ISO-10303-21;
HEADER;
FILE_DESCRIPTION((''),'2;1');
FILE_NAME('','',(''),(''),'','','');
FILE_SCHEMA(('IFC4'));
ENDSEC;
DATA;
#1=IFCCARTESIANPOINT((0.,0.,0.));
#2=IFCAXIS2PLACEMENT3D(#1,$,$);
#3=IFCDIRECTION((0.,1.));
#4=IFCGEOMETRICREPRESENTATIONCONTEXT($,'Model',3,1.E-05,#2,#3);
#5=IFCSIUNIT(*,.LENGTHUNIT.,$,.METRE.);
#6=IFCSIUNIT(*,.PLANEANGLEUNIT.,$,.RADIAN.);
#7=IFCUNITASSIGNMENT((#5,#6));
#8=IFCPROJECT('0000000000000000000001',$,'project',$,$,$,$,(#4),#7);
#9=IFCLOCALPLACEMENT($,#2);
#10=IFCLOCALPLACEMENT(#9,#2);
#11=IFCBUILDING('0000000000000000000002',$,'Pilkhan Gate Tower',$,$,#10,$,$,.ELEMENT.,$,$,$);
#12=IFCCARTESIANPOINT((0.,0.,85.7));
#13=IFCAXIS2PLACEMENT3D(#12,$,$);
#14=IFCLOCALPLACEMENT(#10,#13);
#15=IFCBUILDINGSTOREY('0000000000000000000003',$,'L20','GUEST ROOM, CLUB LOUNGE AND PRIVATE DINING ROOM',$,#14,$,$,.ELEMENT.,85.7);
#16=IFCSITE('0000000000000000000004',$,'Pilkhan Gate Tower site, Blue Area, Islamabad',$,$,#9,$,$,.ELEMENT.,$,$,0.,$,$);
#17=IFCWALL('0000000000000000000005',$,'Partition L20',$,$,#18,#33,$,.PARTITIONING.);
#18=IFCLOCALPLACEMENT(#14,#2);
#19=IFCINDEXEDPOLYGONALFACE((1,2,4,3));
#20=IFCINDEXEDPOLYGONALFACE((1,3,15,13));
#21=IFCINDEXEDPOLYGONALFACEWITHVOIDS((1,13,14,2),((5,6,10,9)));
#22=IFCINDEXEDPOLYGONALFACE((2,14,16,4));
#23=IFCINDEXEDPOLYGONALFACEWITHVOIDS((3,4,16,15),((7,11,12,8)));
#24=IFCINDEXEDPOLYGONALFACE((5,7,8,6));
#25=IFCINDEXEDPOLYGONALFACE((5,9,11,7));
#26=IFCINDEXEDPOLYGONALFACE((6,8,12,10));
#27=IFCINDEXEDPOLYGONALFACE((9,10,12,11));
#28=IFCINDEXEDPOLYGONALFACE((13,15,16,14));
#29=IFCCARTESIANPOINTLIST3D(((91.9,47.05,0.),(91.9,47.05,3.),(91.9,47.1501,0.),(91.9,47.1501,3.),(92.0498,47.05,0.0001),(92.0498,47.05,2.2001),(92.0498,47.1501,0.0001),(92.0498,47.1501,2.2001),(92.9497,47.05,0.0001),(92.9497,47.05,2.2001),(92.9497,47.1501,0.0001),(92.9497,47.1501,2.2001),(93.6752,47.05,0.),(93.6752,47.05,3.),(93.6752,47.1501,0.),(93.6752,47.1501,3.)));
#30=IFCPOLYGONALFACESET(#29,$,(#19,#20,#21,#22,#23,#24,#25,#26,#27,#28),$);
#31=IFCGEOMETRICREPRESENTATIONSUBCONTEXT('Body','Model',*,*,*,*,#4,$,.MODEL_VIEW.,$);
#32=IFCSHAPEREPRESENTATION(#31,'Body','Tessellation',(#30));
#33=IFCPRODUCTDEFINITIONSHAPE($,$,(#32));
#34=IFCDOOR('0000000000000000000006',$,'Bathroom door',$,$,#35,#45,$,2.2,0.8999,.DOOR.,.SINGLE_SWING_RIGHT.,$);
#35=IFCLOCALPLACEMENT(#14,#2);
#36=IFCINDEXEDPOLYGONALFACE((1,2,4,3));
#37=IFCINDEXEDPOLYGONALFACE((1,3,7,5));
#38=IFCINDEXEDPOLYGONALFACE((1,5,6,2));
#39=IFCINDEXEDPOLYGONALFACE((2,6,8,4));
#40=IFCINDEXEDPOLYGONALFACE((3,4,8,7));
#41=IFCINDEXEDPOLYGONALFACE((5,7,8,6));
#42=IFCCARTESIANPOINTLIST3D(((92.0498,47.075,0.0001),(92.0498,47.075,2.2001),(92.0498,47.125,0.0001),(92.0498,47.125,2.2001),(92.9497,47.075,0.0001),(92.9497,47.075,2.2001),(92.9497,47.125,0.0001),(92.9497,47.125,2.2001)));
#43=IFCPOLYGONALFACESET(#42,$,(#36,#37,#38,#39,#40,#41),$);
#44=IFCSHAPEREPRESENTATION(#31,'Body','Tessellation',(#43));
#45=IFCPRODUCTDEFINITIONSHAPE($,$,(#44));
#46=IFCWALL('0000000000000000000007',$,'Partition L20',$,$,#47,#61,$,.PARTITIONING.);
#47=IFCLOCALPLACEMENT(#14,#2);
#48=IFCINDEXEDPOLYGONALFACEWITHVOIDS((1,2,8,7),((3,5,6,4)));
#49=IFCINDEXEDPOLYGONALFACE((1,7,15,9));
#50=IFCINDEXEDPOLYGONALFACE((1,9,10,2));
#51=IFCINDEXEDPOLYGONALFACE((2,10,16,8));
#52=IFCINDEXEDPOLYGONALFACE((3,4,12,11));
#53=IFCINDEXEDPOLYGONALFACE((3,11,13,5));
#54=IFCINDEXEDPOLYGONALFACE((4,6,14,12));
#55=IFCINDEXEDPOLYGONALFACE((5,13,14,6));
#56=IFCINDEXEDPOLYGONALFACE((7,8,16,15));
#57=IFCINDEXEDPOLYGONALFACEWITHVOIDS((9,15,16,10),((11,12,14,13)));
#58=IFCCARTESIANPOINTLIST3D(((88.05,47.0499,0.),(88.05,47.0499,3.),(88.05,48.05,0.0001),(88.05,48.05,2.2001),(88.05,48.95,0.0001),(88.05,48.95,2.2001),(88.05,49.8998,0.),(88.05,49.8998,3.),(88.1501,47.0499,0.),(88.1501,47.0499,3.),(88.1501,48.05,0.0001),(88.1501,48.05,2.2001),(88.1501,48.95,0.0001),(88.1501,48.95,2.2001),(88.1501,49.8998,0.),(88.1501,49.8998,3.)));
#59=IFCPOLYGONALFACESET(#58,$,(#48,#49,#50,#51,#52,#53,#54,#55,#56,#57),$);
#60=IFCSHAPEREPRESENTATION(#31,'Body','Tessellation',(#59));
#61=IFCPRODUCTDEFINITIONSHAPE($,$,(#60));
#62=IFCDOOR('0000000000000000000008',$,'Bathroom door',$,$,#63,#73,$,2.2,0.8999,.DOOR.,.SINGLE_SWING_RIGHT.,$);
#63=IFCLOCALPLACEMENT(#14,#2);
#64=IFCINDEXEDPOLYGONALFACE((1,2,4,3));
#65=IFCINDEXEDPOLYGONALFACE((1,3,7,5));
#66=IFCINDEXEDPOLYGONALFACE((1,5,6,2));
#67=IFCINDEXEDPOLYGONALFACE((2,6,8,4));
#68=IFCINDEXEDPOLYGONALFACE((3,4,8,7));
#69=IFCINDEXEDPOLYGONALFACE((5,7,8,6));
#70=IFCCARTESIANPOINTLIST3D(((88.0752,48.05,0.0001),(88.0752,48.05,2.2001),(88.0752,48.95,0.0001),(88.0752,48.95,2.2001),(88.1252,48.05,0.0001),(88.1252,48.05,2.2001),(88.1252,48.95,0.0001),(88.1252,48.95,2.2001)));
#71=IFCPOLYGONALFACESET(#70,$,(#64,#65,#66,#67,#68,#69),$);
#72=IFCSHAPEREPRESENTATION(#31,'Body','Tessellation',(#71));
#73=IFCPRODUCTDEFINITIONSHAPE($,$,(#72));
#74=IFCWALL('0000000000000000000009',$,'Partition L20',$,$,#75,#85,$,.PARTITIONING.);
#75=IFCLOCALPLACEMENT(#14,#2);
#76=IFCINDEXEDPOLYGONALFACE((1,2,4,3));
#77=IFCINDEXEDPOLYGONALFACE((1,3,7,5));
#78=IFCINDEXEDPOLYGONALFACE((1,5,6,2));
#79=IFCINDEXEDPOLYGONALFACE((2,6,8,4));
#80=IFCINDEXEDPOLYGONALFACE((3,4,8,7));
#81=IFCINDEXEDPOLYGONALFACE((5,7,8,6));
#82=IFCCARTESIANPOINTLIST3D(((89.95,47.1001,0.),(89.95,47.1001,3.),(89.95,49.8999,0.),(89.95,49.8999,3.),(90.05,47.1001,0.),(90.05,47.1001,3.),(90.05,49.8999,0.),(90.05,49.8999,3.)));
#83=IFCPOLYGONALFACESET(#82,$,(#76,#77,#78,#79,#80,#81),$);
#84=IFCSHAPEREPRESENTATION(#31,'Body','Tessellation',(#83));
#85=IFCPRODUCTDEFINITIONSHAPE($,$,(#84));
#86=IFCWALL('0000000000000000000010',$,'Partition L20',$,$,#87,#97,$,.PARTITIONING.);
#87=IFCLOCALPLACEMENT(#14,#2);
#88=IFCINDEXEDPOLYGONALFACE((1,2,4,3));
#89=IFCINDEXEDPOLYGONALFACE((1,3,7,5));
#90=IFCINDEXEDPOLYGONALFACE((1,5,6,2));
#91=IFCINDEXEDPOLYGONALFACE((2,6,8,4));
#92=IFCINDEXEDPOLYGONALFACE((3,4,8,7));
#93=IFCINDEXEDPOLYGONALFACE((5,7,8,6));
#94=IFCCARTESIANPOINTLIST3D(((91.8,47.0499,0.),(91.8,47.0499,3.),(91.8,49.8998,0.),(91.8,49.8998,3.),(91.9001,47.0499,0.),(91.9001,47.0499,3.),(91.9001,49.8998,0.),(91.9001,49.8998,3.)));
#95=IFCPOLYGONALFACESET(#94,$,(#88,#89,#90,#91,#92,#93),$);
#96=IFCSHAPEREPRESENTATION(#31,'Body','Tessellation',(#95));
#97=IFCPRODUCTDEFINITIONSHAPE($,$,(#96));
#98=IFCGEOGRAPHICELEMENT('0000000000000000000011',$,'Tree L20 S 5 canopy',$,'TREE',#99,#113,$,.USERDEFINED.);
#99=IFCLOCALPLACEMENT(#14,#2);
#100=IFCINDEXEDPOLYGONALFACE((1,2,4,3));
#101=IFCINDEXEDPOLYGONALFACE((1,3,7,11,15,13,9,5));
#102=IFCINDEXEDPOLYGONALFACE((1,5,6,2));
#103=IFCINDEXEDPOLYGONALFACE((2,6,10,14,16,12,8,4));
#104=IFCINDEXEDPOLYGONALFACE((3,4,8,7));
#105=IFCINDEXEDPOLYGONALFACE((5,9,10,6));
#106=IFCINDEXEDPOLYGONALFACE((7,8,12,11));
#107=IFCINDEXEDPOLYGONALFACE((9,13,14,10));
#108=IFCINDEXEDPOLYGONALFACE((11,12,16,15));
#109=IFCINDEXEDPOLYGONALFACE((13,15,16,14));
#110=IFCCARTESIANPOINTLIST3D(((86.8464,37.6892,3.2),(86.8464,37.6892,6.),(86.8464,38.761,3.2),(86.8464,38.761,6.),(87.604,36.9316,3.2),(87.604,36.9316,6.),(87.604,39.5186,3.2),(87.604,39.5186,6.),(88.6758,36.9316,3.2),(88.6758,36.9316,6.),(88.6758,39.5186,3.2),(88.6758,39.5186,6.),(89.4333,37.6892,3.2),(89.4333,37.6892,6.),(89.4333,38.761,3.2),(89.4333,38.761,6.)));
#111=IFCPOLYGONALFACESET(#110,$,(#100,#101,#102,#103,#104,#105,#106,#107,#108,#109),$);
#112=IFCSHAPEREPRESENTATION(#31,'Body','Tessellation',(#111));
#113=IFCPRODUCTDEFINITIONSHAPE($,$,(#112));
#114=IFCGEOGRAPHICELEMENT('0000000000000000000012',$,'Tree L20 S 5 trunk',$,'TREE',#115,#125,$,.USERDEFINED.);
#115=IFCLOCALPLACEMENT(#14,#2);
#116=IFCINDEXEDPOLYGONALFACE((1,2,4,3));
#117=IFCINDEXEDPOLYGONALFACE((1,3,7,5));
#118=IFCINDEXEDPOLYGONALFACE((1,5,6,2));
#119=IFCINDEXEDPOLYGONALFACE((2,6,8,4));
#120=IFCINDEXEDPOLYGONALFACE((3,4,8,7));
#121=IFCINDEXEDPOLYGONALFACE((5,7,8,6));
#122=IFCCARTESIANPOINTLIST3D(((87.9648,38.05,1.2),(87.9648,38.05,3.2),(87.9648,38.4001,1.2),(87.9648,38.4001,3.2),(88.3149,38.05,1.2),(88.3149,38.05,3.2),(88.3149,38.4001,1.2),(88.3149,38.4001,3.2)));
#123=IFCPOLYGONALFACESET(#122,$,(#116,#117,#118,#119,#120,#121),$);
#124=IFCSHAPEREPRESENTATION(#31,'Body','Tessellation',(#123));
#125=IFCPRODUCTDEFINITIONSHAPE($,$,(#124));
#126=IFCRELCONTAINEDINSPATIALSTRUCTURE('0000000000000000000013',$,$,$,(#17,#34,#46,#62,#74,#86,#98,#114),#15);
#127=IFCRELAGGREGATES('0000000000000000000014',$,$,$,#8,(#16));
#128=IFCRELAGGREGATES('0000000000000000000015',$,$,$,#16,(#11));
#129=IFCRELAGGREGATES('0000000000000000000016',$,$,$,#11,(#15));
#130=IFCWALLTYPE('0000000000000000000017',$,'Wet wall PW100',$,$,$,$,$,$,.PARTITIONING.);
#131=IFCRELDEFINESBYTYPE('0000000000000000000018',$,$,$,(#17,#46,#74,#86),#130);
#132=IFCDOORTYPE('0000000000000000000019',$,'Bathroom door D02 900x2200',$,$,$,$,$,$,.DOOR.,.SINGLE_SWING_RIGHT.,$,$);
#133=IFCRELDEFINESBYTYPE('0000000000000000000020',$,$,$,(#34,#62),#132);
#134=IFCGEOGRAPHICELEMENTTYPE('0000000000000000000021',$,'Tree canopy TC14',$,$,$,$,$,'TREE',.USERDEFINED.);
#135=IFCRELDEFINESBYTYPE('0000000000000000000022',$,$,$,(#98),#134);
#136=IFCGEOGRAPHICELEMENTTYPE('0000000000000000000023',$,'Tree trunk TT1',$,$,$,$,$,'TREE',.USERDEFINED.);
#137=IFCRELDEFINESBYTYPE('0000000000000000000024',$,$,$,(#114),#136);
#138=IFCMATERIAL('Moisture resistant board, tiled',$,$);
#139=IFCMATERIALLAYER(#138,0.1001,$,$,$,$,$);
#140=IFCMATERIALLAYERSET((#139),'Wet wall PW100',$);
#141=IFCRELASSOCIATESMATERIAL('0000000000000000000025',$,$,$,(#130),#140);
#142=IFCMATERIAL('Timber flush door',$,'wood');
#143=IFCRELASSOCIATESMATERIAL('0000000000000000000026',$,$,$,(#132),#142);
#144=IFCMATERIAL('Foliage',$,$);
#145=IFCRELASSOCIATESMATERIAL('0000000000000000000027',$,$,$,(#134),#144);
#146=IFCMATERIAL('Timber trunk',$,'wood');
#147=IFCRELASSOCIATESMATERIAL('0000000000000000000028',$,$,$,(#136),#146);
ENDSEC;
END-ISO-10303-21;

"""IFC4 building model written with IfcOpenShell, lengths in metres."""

from ifc_helpers import new_model, si_unit, direction, frame, frame_2d, origin, origin_2d, place, context, subcontext, project, spatial, polyline, rectangle, outline, extrude, material, layer, layer_set, material_profile, profile_set, type_object, element, fill, save


model = new_model("IFC4")

# Units and contexts
model_context = context("Model", 3, precision=1e-05, world=origin(), true_north=direction((0.0, 1.0)))
body_context = subcontext(model_context, "Body", "Model", "MODEL_VIEW")
ifc_project = project(units=[si_unit("LENGTHUNIT", "METRE"), si_unit("PLANEANGLEUNIT", "RADIAN")], contexts=[model_context])

# Site, building, storey
site_placement = place(None, origin())
site = spatial("IfcSite", under=ifc_project, at=site_placement, Name="Pilkhan Gate Tower site, Blue Area, Islamabad", CompositionType="ELEMENT", RefElevation=0.0)
building_placement = place(site_placement, origin())
building = spatial("IfcBuilding", under=site, at=building_placement, Name="Pilkhan Gate Tower", CompositionType="ELEMENT")
storey_placement = place(building_placement, frame((0.0, 0.0, 85.7)))
storey = spatial("IfcBuildingStorey", under=building, at=storey_placement, Name="L20", Description="GUEST ROOM, CLUB LOUNGE AND PRIVATE DINING ROOM", CompositionType="ELEMENT", Elevation=85.7)

# Shared definitions
ifc_material_1 = material(Name="Moisture resistant board, tiled")
ifc_layer_1 = layer(ifc_material_1, 0.1001)
ifc_layer_set_1 = layer_set([ifc_layer_1], Name="Wet wall PW100")
wall_type_1 = type_object("IfcWallType", Name="Wet wall PW100", PredefinedType="PARTITIONING", material=ifc_layer_set_1)

# Walls, openings, doors
wall_1_placement = place(storey_placement, frame((91.8999, 47.1001, 0.0), z_axis=(0.0, 0.0, 1.0), x_axis=(1.0, 0.0, 0.0)))
wall_1 = element("IfcWall", 1, at=wall_1_placement, inside=storey, type_object=wall_type_1, Name="Partition L20", PredefinedType="PARTITIONING", context=body_context, shape_type="SweptSolid", body=[
    extrude(rectangle(XDim=1.7751, YDim=0.1001, at=frame_2d((0.8877, 0.0))), origin(), (0.0, 0.0, 1.0), 3.0),
])
opening_1_placement = place(wall_1_placement, frame((0.1499, 0.0, 0.0)))
opening_1 = element("IfcOpeningElement", 2, at=opening_1_placement, cuts=wall_1, PredefinedType="OPENING", context=body_context, shape_type="SweptSolid", body=[
    extrude(rectangle(XDim=0.8999, YDim=2.2, at=frame_2d((0.45, 1.1001))), frame((0.0, 0.0601, 0.0), z_axis=(0.0, -1.0, 0.0), x_axis=(1.0, 0.0, 0.0)), (0.0, 0.0, 1.0), 0.1201),
])
ifc_material_2 = material(Name="Timber flush door", Category="wood")
door_type = type_object("IfcDoorType", Name="Bathroom door D02 900x2200", OperationType="SINGLE_SWING_RIGHT", PredefinedType="DOOR", material=ifc_material_2)
door_1_placement = place(opening_1_placement, origin())
door_1 = element("IfcDoor", 3, at=door_1_placement, inside=storey, type_object=door_type, Name="Bathroom door", OperationType="SINGLE_SWING_RIGHT", OverallHeight=2.2, OverallWidth=0.8999, PredefinedType="DOOR", context=body_context, shape_type="SweptSolid", body=[
    extrude(rectangle(XDim=0.8999, YDim=2.2, at=frame_2d((0.45, 1.1001))), frame((0.0, 0.0249, 0.0), z_axis=(0.0, -1.0, 0.0), x_axis=(1.0, 0.0, 0.0)), (0.0, 0.0, 1.0), 0.05),
])
fill(opening_1, door_1)
wall_2_placement = place(storey_placement, frame((88.1001, 47.05, 0.0), z_axis=(0.0, 0.0, 1.0), x_axis=(0.0, 1.0, 0.0)))
wall_2 = element("IfcWall", 4, at=wall_2_placement, inside=storey, type_object=wall_type_1, Name="Partition L20", PredefinedType="PARTITIONING", context=body_context, shape_type="SweptSolid", body=[
    extrude(rectangle(XDim=2.8499, YDim=0.1001, at=frame_2d((1.4248, 0.0))), origin(), (0.0, 0.0, 1.0), 3.0),
])
opening_2_placement = place(wall_2_placement, frame((1.0, 0.0, 0.0)))
opening_2 = element("IfcOpeningElement", 5, at=opening_2_placement, cuts=wall_2, PredefinedType="OPENING", context=body_context, shape_type="SweptSolid", body=[
    extrude(rectangle(XDim=0.8999, YDim=2.2, at=frame_2d((0.45, 1.1001))), frame((0.0, 0.0601, 0.0), z_axis=(0.0, -1.0, 0.0), x_axis=(1.0, 0.0, 0.0)), (0.0, 0.0, 1.0), 0.1201),
])
door_2_placement = place(opening_2_placement, origin())
door_2 = element("IfcDoor", 6, at=door_2_placement, inside=storey, type_object=door_type, Name="Bathroom door", OperationType="SINGLE_SWING_RIGHT", OverallHeight=2.2, OverallWidth=0.8999, PredefinedType="DOOR", context=body_context, shape_type="SweptSolid", body=[
    extrude(rectangle(XDim=0.8999, YDim=2.2, at=frame_2d((0.45, 1.1001))), frame((0.0, 0.0249, 0.0), z_axis=(0.0, -1.0, 0.0), x_axis=(1.0, 0.0, 0.0)), (0.0, 0.0, 1.0), 0.05),
])
fill(opening_2, door_2)

# Walls
wall_3_placement = place(storey_placement, frame((90.0, 47.1001, 0.0), z_axis=(0.0, 0.0, 1.0), x_axis=(0.0, 1.0, 0.0)))
element("IfcWall", 7, at=wall_3_placement, inside=storey, type_object=wall_type_1, Name="Partition L20", PredefinedType="PARTITIONING", context=body_context, shape_type="SweptSolid", body=[
    extrude(rectangle(XDim=2.7998, YDim=0.1001, at=frame_2d((1.3999, 0.0))), origin(), (0.0, 0.0, 1.0), 3.0),
])
wall_4_placement = place(storey_placement, frame((91.8501, 47.05, 0.0), z_axis=(0.0, 0.0, 1.0), x_axis=(0.0, 1.0, 0.0)))
element("IfcWall", 8, at=wall_4_placement, inside=storey, type_object=wall_type_1, Name="Partition L20", PredefinedType="PARTITIONING", context=body_context, shape_type="SweptSolid", body=[
    extrude(rectangle(XDim=2.8499, YDim=0.1001, at=frame_2d((1.4248, 0.0))), origin(), (0.0, 0.0, 1.0), 3.0),
])

# Geographic elements
ifc_material_3 = material(Name="Foliage")
ifc_material_profile_1 = material_profile(ifc_material_3, outline(polyline([(1.2935, 0.5359), (0.5359, 1.2935), (-0.5359, 1.2935), (-1.2935, 0.5359), (-1.2935, -0.5359), (-0.5359, -1.2935), (0.5359, -1.2935), (1.2935, -0.5359), (1.2935, 0.5359)])), Name="Canopy D2.8")
ifc_profile_set_1 = profile_set([ifc_material_profile_1], Name="Foliage")
geographic_element_type_1 = type_object("IfcGeographicElementType", Name="Tree canopy TC14", ElementType="TREE", PredefinedType="USERDEFINED", material=ifc_profile_set_1)
geographic_element_1_placement = place(storey_placement, frame((88.1399, 38.2251, 3.2), z_axis=(0.0, 0.0, 1.0), x_axis=(1.0, 0.0, 0.0)))
element("IfcGeographicElement", 9, at=geographic_element_1_placement, inside=storey, type_object=geographic_element_type_1, Name="Tree L20 S 5 canopy", ObjectType="TREE", PredefinedType="USERDEFINED", context=body_context, shape_type="SweptSolid", body=[
    extrude(outline(polyline([(1.2935, 0.5359), (0.5359, 1.2935), (-0.5359, 1.2935), (-1.2935, 0.5359), (-1.2935, -0.5359), (-0.5359, -1.2935), (0.5359, -1.2935), (1.2935, -0.5359), (1.2935, 0.5359)])), origin(), (0.0, 0.0, 1.0), 2.8),
])
ifc_material_4 = material(Name="Timber trunk", Category="wood")
geographic_element_type_2 = type_object("IfcGeographicElementType", Name="Tree trunk TT1", ElementType="TREE", PredefinedType="USERDEFINED", material=ifc_material_4)
geographic_element_2_placement = place(storey_placement, frame((88.1399, 38.2251, 1.2), z_axis=(0.0, 0.0, 1.0), x_axis=(1.0, 0.0, 0.0)))
element("IfcGeographicElement", 10, at=geographic_element_2_placement, inside=storey, type_object=geographic_element_type_2, Name="Tree L20 S 5 trunk", ObjectType="TREE", PredefinedType="USERDEFINED", context=body_context, shape_type="SweptSolid", body=[
    extrude(rectangle(XDim=0.3501, YDim=0.3501, at=origin_2d()), origin(), (0.0, 0.0, 1.0), 2.0),
])

save(model, "model.ifc")
